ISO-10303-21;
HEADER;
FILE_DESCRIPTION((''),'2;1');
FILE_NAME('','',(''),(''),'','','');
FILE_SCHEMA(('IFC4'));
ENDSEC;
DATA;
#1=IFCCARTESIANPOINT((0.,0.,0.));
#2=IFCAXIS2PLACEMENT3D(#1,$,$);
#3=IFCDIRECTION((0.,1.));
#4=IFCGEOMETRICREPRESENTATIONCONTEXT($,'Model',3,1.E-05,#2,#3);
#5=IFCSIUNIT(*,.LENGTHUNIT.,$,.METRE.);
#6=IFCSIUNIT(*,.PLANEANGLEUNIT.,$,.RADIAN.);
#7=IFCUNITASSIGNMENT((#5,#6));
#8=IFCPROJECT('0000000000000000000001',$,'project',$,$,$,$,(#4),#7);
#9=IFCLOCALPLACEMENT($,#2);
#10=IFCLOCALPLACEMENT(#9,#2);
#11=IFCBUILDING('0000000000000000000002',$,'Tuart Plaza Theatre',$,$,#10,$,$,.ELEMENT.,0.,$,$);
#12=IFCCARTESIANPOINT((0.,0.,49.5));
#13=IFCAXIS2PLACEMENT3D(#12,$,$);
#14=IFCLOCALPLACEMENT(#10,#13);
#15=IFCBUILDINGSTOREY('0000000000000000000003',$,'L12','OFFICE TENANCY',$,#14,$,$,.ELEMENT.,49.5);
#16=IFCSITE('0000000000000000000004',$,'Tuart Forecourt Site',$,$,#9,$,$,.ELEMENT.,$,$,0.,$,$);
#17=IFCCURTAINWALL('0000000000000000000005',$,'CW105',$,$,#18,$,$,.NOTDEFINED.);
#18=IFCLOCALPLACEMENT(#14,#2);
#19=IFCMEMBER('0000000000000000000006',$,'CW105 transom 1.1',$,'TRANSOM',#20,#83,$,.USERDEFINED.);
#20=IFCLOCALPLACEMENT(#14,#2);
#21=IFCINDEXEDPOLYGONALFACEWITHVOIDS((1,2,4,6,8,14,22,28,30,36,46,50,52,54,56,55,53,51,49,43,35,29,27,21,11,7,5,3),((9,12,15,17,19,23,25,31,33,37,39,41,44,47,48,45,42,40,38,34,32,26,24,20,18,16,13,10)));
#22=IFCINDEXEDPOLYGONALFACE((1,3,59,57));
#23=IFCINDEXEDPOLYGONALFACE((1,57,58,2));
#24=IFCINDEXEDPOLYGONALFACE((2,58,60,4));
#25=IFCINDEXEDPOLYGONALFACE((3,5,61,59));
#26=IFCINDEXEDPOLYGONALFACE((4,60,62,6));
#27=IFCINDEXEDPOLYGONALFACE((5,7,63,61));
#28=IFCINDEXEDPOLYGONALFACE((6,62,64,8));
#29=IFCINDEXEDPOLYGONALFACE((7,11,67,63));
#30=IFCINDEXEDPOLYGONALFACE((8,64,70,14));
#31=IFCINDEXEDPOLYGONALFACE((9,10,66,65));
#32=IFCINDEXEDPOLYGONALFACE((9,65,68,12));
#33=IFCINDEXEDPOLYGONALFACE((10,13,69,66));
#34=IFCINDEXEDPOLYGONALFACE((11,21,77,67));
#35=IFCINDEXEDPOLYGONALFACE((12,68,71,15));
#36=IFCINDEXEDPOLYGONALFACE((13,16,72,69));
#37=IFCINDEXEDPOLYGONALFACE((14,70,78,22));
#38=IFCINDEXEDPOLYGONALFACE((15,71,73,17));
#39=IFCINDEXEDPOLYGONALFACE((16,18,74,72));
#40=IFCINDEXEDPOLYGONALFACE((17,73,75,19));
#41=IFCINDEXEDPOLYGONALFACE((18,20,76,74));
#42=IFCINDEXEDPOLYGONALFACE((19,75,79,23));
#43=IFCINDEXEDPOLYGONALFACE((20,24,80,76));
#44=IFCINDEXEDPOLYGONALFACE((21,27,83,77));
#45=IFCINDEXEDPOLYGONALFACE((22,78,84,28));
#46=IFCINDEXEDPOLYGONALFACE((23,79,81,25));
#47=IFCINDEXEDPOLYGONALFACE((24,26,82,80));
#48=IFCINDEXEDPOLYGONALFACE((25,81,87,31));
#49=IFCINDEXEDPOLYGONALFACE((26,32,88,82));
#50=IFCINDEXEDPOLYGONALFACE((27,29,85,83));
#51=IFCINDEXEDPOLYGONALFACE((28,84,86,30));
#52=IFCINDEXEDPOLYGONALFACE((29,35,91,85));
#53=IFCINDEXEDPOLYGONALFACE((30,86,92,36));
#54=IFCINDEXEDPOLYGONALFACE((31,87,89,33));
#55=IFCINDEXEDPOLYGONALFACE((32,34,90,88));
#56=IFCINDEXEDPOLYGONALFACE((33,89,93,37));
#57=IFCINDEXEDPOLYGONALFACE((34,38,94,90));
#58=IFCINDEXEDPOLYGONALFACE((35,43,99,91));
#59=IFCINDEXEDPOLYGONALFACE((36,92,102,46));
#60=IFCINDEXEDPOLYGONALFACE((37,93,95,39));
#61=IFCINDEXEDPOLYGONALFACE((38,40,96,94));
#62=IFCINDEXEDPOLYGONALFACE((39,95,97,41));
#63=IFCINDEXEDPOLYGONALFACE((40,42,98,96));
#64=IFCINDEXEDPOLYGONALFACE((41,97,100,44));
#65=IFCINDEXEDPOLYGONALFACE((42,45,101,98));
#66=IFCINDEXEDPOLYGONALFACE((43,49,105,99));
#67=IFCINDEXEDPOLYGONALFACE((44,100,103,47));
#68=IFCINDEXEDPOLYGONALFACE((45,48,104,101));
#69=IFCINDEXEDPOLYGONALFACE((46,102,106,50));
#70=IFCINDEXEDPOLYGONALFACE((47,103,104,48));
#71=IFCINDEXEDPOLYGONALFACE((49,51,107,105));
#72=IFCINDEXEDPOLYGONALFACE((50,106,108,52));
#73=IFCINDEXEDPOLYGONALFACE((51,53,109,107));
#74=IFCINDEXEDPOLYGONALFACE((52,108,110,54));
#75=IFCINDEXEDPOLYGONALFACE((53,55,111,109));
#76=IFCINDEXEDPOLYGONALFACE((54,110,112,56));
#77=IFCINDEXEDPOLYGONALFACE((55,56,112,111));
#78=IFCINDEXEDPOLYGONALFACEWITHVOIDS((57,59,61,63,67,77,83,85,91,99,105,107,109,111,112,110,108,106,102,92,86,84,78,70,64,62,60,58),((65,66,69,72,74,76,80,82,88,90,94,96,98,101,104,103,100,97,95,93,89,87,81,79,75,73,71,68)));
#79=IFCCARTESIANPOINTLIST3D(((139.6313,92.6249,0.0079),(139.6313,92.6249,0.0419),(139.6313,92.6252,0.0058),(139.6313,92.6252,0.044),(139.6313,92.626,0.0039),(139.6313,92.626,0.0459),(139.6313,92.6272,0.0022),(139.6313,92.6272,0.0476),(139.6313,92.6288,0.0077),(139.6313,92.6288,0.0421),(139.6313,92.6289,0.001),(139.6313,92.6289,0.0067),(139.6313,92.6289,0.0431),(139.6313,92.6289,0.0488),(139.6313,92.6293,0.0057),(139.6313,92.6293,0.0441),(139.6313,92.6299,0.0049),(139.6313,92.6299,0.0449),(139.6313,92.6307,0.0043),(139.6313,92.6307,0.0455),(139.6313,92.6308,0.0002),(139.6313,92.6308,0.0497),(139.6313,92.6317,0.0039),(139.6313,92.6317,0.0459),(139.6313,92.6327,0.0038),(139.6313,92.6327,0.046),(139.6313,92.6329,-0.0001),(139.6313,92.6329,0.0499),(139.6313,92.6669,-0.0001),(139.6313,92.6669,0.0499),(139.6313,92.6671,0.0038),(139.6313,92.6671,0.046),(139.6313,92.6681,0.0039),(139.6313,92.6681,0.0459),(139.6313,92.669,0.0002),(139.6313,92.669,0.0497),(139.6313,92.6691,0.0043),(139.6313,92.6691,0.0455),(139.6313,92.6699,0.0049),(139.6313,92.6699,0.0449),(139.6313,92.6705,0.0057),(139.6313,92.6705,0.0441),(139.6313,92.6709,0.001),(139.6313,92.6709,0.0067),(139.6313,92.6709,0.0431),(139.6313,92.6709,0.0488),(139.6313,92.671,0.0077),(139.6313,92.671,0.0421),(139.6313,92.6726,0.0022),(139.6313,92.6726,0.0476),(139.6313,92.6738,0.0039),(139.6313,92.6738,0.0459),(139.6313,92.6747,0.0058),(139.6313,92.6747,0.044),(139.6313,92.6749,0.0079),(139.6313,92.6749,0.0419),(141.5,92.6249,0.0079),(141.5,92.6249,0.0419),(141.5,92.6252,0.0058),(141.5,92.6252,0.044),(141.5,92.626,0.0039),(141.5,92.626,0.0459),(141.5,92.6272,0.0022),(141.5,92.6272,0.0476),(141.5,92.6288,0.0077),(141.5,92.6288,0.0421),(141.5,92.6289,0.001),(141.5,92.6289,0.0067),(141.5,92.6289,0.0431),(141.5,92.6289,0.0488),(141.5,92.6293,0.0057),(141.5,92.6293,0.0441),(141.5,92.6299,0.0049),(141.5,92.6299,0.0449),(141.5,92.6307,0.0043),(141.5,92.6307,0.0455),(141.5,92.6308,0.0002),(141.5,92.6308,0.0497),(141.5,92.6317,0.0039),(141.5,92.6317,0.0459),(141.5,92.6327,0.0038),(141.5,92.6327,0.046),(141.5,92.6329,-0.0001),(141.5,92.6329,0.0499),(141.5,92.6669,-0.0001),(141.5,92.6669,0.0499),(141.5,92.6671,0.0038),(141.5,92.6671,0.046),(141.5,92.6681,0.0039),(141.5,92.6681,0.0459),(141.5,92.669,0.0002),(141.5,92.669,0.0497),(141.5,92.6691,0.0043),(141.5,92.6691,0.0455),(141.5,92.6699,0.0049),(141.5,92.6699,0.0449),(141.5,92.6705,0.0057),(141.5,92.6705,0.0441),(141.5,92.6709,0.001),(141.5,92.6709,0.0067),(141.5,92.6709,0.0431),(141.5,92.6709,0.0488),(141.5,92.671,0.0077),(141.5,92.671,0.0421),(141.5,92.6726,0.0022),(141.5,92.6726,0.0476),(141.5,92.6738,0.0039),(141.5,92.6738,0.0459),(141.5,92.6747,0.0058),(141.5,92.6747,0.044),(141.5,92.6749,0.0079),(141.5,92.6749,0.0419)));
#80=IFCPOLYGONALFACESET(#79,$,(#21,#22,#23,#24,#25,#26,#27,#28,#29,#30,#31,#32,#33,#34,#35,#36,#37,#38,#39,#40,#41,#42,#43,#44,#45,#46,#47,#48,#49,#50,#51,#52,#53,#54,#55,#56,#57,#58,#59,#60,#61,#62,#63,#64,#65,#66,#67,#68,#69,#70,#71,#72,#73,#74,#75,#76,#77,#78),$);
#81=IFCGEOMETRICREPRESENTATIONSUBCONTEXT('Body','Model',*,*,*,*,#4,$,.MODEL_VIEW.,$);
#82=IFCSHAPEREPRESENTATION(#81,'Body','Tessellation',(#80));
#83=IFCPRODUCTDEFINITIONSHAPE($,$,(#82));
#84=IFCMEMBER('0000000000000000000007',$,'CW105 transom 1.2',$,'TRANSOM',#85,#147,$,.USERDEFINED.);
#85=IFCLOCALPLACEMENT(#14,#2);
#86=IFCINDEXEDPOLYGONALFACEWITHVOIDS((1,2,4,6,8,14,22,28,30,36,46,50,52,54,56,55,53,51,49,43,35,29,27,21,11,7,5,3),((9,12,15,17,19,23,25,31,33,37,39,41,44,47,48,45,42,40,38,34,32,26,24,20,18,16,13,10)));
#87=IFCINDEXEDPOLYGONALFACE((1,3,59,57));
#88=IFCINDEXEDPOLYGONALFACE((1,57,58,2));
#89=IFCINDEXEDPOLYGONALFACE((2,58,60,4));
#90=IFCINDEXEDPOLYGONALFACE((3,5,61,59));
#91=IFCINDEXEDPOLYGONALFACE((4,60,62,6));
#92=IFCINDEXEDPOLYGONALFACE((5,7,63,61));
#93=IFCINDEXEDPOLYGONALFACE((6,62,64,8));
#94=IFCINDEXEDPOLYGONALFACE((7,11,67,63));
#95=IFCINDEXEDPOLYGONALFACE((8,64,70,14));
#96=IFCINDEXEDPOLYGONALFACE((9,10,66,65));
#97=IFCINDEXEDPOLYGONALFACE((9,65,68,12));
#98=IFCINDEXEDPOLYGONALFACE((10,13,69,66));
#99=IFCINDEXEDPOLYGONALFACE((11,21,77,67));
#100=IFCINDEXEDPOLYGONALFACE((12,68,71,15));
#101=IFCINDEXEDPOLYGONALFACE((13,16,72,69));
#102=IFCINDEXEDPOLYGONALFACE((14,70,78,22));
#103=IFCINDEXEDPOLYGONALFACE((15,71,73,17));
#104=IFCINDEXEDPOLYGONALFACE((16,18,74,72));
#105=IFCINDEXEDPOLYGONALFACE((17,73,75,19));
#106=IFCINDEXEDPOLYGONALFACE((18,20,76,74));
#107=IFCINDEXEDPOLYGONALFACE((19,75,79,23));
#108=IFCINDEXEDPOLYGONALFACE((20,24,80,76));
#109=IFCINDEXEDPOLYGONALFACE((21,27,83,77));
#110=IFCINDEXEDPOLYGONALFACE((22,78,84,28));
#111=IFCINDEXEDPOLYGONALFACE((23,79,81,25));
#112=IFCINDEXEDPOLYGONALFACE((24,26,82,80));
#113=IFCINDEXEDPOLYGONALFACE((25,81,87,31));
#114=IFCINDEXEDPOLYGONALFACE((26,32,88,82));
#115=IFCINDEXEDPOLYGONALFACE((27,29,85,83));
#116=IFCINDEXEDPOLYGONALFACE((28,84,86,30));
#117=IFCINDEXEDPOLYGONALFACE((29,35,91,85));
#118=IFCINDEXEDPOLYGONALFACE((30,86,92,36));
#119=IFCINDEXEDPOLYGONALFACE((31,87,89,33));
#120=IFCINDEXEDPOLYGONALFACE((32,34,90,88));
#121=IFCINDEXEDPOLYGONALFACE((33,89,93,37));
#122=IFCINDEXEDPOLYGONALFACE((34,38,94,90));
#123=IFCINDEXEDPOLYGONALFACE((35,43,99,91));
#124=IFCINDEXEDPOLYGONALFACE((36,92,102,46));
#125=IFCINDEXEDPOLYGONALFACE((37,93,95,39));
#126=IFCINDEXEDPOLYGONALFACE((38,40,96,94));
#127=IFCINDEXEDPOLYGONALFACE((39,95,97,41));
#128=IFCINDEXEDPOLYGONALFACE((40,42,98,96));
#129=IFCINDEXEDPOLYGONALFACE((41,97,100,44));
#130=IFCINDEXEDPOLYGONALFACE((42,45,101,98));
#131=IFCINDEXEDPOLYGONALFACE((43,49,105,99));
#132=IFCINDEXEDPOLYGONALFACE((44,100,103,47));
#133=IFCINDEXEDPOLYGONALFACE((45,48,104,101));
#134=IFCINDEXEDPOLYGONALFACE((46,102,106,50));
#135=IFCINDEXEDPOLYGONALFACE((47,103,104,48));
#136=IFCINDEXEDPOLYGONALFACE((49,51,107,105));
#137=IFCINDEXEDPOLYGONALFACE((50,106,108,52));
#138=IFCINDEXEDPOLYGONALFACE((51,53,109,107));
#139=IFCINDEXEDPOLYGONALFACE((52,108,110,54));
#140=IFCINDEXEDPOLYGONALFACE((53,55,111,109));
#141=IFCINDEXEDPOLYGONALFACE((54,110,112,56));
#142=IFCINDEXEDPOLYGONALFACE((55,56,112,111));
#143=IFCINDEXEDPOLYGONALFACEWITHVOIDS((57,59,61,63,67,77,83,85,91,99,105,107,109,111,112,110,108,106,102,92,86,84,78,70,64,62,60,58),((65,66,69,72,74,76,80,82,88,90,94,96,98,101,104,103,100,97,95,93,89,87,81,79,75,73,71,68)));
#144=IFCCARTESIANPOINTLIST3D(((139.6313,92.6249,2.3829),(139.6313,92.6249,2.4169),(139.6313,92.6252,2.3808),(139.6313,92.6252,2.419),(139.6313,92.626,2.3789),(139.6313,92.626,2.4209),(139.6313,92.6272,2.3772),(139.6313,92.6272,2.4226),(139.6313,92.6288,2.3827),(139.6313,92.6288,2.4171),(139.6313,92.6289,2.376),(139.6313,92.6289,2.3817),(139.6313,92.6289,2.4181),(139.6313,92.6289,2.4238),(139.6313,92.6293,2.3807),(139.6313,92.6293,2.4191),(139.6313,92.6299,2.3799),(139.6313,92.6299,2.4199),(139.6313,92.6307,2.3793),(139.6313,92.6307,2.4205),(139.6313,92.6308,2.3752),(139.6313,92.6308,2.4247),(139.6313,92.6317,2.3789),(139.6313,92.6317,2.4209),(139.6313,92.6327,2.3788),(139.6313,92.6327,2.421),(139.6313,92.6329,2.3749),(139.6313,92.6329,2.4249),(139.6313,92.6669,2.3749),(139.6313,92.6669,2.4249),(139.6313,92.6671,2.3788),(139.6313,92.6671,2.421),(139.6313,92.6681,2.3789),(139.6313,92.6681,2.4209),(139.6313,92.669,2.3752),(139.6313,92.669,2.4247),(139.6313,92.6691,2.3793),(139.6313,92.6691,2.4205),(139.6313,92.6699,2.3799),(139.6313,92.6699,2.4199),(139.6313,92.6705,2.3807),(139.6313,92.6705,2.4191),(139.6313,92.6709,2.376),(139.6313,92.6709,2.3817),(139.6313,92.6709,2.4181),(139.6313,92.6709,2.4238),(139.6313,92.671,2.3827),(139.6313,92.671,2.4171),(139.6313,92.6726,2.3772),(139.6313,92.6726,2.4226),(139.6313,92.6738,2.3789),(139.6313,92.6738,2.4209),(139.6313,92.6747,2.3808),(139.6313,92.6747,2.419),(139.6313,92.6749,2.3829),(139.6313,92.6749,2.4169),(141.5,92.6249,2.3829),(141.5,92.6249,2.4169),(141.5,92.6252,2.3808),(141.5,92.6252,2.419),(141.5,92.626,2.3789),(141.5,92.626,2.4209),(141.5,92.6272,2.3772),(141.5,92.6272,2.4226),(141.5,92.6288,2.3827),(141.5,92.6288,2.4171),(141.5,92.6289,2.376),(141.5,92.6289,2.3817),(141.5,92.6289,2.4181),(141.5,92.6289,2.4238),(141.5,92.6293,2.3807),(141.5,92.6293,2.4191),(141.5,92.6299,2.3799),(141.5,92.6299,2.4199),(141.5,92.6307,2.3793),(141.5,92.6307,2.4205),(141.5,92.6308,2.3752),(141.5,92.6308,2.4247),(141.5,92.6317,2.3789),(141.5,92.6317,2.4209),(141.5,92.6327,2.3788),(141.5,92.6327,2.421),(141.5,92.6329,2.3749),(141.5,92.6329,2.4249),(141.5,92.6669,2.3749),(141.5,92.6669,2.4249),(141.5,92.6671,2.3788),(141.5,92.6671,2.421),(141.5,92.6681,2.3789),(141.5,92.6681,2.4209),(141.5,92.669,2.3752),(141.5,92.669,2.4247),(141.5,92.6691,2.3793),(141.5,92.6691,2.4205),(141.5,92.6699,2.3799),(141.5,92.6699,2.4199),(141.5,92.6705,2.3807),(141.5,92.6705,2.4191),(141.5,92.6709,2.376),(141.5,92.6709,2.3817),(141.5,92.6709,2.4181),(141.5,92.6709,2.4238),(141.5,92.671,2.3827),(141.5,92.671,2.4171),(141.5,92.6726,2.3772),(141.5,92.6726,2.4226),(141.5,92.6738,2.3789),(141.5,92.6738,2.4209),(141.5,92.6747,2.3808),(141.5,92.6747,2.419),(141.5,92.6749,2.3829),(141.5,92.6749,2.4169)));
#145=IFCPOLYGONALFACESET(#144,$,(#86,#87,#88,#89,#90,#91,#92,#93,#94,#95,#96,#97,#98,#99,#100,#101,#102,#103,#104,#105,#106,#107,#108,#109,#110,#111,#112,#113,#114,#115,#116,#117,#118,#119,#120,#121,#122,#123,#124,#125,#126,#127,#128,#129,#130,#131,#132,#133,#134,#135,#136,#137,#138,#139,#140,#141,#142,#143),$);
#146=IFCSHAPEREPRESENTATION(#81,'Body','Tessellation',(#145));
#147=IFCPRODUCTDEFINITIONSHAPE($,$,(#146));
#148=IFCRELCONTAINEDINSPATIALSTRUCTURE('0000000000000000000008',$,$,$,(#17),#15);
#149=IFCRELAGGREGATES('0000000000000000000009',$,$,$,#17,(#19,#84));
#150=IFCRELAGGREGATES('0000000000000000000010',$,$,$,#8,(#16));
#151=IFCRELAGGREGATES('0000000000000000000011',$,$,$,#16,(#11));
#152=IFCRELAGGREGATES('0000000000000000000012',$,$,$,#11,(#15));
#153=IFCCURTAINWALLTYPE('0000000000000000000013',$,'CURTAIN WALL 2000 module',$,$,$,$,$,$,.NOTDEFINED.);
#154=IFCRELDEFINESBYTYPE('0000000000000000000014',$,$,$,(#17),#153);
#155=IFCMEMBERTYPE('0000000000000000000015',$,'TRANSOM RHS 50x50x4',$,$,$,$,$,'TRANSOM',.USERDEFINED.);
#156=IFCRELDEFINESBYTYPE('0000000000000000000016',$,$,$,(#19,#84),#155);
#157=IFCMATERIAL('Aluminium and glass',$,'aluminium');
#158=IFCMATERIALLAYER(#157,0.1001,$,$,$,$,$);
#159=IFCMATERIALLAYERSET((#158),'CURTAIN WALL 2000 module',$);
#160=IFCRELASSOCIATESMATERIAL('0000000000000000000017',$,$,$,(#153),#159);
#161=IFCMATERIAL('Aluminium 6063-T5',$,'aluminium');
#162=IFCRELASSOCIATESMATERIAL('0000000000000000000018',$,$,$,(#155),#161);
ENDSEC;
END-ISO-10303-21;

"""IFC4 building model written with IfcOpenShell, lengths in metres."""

from ifc_helpers import new_model, si_unit, direction, frame, origin, origin_2d, place, context, subcontext, project, spatial, hollow_rectangle, extrude, material, layer, layer_set, material_profile, profile_set, type_object, element, aggregate, save


model = new_model("IFC4")

# Units and contexts
model_context = context("Model", 3, precision=1e-05, world=origin(), true_north=direction((0.0, 1.0)))
body_context = subcontext(model_context, "Body", "Model", "MODEL_VIEW")
ifc_project = project(units=[si_unit("LENGTHUNIT", "METRE"), si_unit("PLANEANGLEUNIT", "RADIAN")], contexts=[model_context])

# Site, building, storey
site_placement = place(None, origin())
site = spatial("IfcSite", under=ifc_project, at=site_placement, Name="Tuart Forecourt Site", CompositionType="ELEMENT", RefElevation=0.0)
building_placement = place(site_placement, origin())
building = spatial("IfcBuilding", under=site, at=building_placement, Name="Tuart Plaza Theatre", CompositionType="ELEMENT", ElevationOfRefHeight=0.0)
storey_placement = place(building_placement, frame((0.0, 0.0, 49.5)))
storey = spatial("IfcBuildingStorey", under=building, at=storey_placement, Name="L12", Description="OFFICE TENANCY", CompositionType="ELEMENT", Elevation=49.5)

# Shared definitions
ifc_material_1 = material(Name="Aluminium and glass", Category="aluminium")
ifc_layer_1 = layer(ifc_material_1, 0.1001)
ifc_layer_set_1 = layer_set([ifc_layer_1], Name="CURTAIN WALL 2000 module")
curtain_wall_type = type_object("IfcCurtainWallType", Name="CURTAIN WALL 2000 module", PredefinedType="NOTDEFINED", material=ifc_layer_set_1)

# Curtain wall, members
curtain_wall_1_placement = place(storey_placement, origin())
curtain_wall_1 = element("IfcCurtainWall", 1, at=curtain_wall_1_placement, inside=storey, type_object=curtain_wall_type, Name="CW105", PredefinedType="NOTDEFINED")
ifc_material_2 = material(Name="Aluminium 6063-T5", Category="aluminium")
ifc_material_profile_1 = material_profile(ifc_material_2, hollow_rectangle(XDim=0.05, YDim=0.05, WallThickness=0.0039, InnerFilletRadius=0.0039, OuterFilletRadius=0.0081, at=origin_2d()), Name="RHS 50x50x4")
ifc_profile_set_1 = profile_set([ifc_material_profile_1], Name="Aluminium 6063-T5")
member_type_1 = type_object("IfcMemberType", Name="TRANSOM RHS 50x50x4", ElementType="TRANSOM", PredefinedType="USERDEFINED", material=ifc_profile_set_1)
member_1_placement = place(storey_placement, frame((141.5, 92.6499, 0.0249), z_axis=(-1.0, 0.0, 0.0), x_axis=(0.0, -1.0, 0.0)))
member_1 = element("IfcMember", 2, at=member_1_placement, type_object=member_type_1, Name="CW105 transom 1.1", ObjectType="TRANSOM", PredefinedType="USERDEFINED", context=body_context, shape_type="SweptSolid", body=[
    extrude(hollow_rectangle(XDim=0.05, YDim=0.05, WallThickness=0.0039, InnerFilletRadius=0.0039, OuterFilletRadius=0.0081, at=origin_2d()), origin(), (0.0, 0.0, 1.0), 1.8687),
])
member_2_placement = place(storey_placement, frame((141.5, 92.6499, 2.3999), z_axis=(-1.0, 0.0, 0.0), x_axis=(0.0, -1.0, 0.0)))
member_2 = element("IfcMember", 3, at=member_2_placement, type_object=member_type_1, Name="CW105 transom 1.2", ObjectType="TRANSOM", PredefinedType="USERDEFINED", context=body_context, shape_type="SweptSolid", body=[
    extrude(hollow_rectangle(XDim=0.05, YDim=0.05, WallThickness=0.0039, InnerFilletRadius=0.0039, OuterFilletRadius=0.0081, at=origin_2d()), origin(), (0.0, 0.0, 1.0), 1.8687),
])
aggregate(curtain_wall_1, [member_1, member_2])

save(model, "model.ifc")
